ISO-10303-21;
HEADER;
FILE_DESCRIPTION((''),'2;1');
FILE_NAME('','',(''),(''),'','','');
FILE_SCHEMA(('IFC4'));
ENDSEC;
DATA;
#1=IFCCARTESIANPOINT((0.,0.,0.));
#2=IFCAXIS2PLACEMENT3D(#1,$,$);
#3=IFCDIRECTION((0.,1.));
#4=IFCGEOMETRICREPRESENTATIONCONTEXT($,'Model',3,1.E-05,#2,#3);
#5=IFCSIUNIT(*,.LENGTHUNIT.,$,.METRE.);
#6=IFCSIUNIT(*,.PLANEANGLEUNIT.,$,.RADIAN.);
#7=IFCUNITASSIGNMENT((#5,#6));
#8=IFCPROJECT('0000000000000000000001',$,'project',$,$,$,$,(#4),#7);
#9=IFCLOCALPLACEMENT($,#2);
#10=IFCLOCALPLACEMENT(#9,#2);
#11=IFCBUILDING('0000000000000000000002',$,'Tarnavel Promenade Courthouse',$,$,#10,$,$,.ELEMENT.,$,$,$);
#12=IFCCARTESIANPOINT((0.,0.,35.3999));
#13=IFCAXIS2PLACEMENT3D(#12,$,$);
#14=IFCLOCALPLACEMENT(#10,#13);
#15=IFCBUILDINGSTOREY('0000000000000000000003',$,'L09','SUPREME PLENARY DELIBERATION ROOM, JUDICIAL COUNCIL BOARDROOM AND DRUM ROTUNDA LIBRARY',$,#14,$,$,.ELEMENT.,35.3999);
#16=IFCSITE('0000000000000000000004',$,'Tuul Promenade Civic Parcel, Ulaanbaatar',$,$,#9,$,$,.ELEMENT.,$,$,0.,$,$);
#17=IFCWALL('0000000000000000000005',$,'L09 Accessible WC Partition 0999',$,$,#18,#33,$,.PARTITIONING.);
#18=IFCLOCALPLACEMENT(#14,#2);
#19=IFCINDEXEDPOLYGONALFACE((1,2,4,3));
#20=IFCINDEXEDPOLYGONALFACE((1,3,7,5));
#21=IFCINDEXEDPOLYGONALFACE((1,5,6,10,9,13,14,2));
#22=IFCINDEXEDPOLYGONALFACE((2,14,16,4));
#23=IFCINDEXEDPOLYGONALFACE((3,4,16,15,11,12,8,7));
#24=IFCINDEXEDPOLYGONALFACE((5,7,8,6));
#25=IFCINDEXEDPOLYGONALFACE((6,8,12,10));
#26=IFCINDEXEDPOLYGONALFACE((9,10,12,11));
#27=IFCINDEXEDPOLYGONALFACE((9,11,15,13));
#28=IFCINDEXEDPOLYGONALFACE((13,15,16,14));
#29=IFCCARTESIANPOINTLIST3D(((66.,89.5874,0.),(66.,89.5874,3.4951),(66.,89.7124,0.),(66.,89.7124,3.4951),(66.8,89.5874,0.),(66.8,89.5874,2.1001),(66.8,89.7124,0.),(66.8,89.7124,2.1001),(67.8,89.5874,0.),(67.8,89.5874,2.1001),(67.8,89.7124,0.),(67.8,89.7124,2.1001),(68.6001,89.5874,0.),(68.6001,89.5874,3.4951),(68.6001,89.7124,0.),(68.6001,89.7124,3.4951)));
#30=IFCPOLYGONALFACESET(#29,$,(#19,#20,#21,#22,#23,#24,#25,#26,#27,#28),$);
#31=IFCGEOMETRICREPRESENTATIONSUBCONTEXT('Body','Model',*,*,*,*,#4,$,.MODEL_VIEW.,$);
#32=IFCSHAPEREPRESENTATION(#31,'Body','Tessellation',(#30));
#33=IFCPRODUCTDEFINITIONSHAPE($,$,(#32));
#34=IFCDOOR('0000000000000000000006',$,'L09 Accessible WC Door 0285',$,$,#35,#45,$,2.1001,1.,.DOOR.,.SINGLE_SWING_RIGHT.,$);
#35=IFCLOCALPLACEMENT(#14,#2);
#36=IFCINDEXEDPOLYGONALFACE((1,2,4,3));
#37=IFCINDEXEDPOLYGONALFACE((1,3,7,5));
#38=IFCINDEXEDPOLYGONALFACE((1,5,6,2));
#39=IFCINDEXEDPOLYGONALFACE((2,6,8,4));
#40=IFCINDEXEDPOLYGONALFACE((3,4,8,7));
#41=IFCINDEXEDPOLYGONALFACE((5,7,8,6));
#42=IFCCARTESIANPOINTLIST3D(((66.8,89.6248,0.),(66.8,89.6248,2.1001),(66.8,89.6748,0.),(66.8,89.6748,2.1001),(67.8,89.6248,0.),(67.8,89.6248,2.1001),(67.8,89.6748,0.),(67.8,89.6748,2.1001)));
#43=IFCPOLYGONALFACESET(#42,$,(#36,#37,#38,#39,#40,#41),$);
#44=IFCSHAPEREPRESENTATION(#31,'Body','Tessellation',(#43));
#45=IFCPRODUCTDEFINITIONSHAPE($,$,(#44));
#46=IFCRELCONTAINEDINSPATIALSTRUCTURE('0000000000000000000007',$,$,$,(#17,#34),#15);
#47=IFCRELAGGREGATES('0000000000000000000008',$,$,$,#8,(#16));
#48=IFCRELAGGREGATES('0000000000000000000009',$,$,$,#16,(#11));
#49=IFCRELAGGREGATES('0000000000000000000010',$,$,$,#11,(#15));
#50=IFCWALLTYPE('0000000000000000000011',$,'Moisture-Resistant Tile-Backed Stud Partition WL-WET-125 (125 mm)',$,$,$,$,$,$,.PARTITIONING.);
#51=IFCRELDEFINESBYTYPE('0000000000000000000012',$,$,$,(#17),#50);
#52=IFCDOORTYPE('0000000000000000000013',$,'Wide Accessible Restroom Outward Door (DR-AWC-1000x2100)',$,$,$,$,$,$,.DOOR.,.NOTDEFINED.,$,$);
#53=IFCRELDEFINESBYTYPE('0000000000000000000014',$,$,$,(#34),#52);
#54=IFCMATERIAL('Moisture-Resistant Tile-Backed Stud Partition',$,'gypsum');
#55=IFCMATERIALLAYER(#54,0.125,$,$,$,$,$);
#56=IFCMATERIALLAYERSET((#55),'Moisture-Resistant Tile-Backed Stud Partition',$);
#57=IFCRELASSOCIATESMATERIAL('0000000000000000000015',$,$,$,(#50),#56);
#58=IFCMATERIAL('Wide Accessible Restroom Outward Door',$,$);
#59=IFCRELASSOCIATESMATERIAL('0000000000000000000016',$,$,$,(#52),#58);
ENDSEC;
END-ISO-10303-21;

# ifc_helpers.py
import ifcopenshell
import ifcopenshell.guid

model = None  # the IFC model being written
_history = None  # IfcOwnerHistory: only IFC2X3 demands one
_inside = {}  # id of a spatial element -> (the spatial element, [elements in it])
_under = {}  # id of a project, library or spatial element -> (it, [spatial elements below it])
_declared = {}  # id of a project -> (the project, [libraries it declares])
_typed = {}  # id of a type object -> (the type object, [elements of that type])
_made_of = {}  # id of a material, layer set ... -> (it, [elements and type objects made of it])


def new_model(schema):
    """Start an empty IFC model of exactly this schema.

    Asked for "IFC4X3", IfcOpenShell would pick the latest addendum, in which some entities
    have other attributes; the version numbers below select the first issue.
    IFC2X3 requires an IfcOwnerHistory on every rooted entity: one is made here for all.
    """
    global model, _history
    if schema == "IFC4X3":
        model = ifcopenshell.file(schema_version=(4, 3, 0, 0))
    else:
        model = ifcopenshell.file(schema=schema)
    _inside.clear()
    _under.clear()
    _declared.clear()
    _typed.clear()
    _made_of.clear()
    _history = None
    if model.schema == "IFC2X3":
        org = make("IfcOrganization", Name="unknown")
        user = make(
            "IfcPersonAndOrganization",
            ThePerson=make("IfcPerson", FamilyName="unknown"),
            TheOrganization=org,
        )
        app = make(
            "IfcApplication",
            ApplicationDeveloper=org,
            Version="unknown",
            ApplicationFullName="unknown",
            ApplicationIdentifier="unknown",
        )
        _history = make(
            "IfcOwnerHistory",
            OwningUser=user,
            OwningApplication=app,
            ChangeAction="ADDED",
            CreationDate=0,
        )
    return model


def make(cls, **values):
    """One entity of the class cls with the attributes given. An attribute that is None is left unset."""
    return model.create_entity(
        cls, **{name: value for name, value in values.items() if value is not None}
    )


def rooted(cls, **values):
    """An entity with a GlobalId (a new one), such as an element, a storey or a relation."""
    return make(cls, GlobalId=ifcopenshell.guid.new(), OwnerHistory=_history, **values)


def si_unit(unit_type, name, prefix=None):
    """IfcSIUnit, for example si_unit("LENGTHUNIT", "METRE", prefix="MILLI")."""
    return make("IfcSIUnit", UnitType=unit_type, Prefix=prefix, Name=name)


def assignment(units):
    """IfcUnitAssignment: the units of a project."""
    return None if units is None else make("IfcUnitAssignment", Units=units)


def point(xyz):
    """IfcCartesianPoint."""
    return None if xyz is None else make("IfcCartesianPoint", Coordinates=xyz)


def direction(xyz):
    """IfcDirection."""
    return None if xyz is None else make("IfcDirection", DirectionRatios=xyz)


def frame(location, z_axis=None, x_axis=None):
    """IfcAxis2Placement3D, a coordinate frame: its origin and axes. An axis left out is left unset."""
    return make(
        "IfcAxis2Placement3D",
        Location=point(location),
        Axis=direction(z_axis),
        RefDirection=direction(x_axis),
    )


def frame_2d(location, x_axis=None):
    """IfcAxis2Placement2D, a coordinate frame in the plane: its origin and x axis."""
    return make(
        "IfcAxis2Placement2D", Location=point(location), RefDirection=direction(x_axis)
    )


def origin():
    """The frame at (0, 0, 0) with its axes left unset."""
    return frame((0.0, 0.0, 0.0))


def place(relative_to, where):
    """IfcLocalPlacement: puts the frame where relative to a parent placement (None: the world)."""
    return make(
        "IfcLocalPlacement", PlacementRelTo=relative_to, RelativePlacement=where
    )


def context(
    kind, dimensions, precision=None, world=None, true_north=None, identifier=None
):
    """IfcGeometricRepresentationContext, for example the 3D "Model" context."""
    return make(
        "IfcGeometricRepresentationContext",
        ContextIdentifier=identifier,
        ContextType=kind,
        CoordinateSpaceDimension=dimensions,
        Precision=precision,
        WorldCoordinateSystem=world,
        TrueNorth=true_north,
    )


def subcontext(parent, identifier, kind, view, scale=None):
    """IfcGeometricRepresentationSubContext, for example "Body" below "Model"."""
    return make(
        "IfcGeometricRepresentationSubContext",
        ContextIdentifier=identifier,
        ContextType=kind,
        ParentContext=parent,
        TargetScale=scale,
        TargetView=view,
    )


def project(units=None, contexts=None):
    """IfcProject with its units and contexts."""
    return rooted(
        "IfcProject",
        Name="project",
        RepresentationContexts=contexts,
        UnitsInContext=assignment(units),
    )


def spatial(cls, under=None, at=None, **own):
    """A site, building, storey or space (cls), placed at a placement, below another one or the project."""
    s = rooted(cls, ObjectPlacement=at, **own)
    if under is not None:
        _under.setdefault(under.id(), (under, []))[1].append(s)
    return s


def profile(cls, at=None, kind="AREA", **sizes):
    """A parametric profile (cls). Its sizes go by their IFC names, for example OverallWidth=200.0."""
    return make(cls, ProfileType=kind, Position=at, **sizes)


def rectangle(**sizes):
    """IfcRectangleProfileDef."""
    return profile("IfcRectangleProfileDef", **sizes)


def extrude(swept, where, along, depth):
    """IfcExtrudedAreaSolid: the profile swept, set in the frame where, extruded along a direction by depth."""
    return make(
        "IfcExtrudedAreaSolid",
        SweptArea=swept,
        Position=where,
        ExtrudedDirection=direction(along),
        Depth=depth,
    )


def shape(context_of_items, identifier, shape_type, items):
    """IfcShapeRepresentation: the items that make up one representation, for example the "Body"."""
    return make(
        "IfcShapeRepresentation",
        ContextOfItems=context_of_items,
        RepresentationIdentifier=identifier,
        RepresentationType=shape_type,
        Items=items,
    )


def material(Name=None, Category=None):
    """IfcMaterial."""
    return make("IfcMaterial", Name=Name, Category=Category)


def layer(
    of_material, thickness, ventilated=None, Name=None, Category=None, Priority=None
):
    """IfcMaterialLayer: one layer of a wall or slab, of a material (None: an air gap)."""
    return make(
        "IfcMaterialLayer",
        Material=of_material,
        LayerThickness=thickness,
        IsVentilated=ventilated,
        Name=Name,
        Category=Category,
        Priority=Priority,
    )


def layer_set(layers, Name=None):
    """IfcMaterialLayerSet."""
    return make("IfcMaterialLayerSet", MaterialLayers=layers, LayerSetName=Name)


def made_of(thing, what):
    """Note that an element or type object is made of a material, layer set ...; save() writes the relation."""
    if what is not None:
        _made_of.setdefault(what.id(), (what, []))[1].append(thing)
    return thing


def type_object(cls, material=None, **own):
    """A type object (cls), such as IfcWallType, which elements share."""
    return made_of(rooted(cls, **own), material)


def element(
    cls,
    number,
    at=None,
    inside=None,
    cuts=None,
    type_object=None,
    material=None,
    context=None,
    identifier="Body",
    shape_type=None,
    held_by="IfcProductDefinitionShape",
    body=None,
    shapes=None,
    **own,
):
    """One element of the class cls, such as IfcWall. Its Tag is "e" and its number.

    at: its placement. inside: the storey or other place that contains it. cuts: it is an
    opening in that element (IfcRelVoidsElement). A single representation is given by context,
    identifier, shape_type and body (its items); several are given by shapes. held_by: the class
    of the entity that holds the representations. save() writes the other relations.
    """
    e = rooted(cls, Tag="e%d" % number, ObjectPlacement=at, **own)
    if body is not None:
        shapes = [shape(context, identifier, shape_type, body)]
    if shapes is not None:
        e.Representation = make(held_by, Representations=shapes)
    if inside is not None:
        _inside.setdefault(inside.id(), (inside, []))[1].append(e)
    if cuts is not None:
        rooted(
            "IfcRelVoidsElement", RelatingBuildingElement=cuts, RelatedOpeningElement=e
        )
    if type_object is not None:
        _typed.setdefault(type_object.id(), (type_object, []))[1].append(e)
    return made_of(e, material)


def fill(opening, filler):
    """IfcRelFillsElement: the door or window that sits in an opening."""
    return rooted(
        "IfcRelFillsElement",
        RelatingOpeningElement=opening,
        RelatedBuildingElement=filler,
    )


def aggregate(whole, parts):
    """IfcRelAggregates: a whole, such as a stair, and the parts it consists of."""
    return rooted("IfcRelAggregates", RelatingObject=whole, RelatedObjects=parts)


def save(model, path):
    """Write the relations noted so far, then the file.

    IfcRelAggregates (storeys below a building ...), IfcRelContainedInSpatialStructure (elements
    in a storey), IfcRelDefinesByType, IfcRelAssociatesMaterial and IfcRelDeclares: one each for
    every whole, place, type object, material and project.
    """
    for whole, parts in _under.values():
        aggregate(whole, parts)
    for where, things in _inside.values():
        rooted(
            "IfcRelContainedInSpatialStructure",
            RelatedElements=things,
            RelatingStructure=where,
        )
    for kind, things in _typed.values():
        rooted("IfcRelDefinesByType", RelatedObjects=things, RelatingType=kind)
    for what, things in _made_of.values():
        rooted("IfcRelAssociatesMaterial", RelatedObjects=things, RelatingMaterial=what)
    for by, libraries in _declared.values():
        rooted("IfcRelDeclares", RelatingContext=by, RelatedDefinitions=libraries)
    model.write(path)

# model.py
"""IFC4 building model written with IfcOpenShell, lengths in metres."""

from ifc_helpers import new_model, si_unit, direction, frame, frame_2d, origin, place, context, subcontext, project, spatial, rectangle, extrude, material, layer, layer_set, type_object, element, fill, save


model = new_model("IFC4")

# Units and contexts
model_context = context("Model", 3, precision=1e-05, world=origin(), true_north=direction((0.0, 1.0)))
body_context = subcontext(model_context, "Body", "Model", "MODEL_VIEW")
ifc_project = project(units=[si_unit("LENGTHUNIT", "METRE"), si_unit("PLANEANGLEUNIT", "RADIAN")], contexts=[model_context])

# Site, building, storey
site_placement = place(None, origin())
site = spatial("IfcSite", under=ifc_project, at=site_placement, Name="Tuul Promenade Civic Parcel, Ulaanbaatar", CompositionType="ELEMENT", RefElevation=0.0)
building_placement = place(site_placement, origin())
building = spatial("IfcBuilding", under=site, at=building_placement, Name="Tarnavel Promenade Courthouse", CompositionType="ELEMENT")
storey_placement = place(building_placement, frame((0.0, 0.0, 35.3999)))
storey = spatial("IfcBuildingStorey", under=building, at=storey_placement, Name="L09", Description="SUPREME PLENARY DELIBERATION ROOM, JUDICIAL COUNCIL BOARDROOM AND DRUM ROTUNDA LIBRARY", CompositionType="ELEMENT", Elevation=35.3999)

# Wall, opening, door
ifc_material_1 = material(Name="Moisture-Resistant Tile-Backed Stud Partition", Category="gypsum")
ifc_layer_1 = layer(ifc_material_1, 0.125)
ifc_layer_set_1 = layer_set([ifc_layer_1], Name="Moisture-Resistant Tile-Backed Stud Partition")
wall_type_1 = type_object("IfcWallType", Name="Moisture-Resistant Tile-Backed Stud Partition WL-WET-125 (125 mm)", PredefinedType="PARTITIONING", material=ifc_layer_set_1)
wall_1_placement = place(storey_placement, frame((66.0, 89.6499, 0.0), z_axis=(0.0, 0.0, 1.0), x_axis=(1.0, 0.0, 0.0)))
wall_1 = element("IfcWall", 1, at=wall_1_placement, inside=storey, type_object=wall_type_1, Name="L09 Accessible WC Partition 0999", PredefinedType="PARTITIONING", context=body_context, shape_type="SweptSolid", body=[
    extrude(rectangle(XDim=2.6001, YDim=0.125, at=frame_2d((1.3, 0.0))), origin(), (0.0, 0.0, 1.0), 3.4951),
])
opening_1_placement = place(wall_1_placement, frame((0.8, 0.0, 0.0)))
opening_1 = element("IfcOpeningElement", 2, at=opening_1_placement, cuts=wall_1, PredefinedType="OPENING", context=body_context, shape_type="SweptSolid", body=[
    extrude(rectangle(XDim=1.0, YDim=2.1001, at=frame_2d((0.5, 1.05))), frame((0.0, 0.0725, 0.0), z_axis=(0.0, -1.0, 0.0), x_axis=(1.0, 0.0, 0.0)), (0.0, 0.0, 1.0), 0.145),
])
ifc_material_2 = material(Name="Wide Accessible Restroom Outward Door")
door_type_1 = type_object("IfcDoorType", Name="Wide Accessible Restroom Outward Door (DR-AWC-1000x2100)", OperationType="NOTDEFINED", PredefinedType="DOOR", material=ifc_material_2)
door_1_placement = place(opening_1_placement, origin())
door_1 = element("IfcDoor", 3, at=door_1_placement, inside=storey, type_object=door_type_1, Name="L09 Accessible WC Door 0285", OperationType="SINGLE_SWING_RIGHT", OverallHeight=2.1001, OverallWidth=1.0, PredefinedType="DOOR", context=body_context, shape_type="SweptSolid", body=[
    extrude(rectangle(XDim=1.0, YDim=2.1001, at=frame_2d((0.5, 1.05))), frame((0.0, 0.0249, 0.0), z_axis=(0.0, -1.0, 0.0), x_axis=(1.0, 0.0, 0.0)), (0.0, 0.0, 1.0), 0.05),
])
fill(opening_1, door_1)

save(model, "model.ifc")
